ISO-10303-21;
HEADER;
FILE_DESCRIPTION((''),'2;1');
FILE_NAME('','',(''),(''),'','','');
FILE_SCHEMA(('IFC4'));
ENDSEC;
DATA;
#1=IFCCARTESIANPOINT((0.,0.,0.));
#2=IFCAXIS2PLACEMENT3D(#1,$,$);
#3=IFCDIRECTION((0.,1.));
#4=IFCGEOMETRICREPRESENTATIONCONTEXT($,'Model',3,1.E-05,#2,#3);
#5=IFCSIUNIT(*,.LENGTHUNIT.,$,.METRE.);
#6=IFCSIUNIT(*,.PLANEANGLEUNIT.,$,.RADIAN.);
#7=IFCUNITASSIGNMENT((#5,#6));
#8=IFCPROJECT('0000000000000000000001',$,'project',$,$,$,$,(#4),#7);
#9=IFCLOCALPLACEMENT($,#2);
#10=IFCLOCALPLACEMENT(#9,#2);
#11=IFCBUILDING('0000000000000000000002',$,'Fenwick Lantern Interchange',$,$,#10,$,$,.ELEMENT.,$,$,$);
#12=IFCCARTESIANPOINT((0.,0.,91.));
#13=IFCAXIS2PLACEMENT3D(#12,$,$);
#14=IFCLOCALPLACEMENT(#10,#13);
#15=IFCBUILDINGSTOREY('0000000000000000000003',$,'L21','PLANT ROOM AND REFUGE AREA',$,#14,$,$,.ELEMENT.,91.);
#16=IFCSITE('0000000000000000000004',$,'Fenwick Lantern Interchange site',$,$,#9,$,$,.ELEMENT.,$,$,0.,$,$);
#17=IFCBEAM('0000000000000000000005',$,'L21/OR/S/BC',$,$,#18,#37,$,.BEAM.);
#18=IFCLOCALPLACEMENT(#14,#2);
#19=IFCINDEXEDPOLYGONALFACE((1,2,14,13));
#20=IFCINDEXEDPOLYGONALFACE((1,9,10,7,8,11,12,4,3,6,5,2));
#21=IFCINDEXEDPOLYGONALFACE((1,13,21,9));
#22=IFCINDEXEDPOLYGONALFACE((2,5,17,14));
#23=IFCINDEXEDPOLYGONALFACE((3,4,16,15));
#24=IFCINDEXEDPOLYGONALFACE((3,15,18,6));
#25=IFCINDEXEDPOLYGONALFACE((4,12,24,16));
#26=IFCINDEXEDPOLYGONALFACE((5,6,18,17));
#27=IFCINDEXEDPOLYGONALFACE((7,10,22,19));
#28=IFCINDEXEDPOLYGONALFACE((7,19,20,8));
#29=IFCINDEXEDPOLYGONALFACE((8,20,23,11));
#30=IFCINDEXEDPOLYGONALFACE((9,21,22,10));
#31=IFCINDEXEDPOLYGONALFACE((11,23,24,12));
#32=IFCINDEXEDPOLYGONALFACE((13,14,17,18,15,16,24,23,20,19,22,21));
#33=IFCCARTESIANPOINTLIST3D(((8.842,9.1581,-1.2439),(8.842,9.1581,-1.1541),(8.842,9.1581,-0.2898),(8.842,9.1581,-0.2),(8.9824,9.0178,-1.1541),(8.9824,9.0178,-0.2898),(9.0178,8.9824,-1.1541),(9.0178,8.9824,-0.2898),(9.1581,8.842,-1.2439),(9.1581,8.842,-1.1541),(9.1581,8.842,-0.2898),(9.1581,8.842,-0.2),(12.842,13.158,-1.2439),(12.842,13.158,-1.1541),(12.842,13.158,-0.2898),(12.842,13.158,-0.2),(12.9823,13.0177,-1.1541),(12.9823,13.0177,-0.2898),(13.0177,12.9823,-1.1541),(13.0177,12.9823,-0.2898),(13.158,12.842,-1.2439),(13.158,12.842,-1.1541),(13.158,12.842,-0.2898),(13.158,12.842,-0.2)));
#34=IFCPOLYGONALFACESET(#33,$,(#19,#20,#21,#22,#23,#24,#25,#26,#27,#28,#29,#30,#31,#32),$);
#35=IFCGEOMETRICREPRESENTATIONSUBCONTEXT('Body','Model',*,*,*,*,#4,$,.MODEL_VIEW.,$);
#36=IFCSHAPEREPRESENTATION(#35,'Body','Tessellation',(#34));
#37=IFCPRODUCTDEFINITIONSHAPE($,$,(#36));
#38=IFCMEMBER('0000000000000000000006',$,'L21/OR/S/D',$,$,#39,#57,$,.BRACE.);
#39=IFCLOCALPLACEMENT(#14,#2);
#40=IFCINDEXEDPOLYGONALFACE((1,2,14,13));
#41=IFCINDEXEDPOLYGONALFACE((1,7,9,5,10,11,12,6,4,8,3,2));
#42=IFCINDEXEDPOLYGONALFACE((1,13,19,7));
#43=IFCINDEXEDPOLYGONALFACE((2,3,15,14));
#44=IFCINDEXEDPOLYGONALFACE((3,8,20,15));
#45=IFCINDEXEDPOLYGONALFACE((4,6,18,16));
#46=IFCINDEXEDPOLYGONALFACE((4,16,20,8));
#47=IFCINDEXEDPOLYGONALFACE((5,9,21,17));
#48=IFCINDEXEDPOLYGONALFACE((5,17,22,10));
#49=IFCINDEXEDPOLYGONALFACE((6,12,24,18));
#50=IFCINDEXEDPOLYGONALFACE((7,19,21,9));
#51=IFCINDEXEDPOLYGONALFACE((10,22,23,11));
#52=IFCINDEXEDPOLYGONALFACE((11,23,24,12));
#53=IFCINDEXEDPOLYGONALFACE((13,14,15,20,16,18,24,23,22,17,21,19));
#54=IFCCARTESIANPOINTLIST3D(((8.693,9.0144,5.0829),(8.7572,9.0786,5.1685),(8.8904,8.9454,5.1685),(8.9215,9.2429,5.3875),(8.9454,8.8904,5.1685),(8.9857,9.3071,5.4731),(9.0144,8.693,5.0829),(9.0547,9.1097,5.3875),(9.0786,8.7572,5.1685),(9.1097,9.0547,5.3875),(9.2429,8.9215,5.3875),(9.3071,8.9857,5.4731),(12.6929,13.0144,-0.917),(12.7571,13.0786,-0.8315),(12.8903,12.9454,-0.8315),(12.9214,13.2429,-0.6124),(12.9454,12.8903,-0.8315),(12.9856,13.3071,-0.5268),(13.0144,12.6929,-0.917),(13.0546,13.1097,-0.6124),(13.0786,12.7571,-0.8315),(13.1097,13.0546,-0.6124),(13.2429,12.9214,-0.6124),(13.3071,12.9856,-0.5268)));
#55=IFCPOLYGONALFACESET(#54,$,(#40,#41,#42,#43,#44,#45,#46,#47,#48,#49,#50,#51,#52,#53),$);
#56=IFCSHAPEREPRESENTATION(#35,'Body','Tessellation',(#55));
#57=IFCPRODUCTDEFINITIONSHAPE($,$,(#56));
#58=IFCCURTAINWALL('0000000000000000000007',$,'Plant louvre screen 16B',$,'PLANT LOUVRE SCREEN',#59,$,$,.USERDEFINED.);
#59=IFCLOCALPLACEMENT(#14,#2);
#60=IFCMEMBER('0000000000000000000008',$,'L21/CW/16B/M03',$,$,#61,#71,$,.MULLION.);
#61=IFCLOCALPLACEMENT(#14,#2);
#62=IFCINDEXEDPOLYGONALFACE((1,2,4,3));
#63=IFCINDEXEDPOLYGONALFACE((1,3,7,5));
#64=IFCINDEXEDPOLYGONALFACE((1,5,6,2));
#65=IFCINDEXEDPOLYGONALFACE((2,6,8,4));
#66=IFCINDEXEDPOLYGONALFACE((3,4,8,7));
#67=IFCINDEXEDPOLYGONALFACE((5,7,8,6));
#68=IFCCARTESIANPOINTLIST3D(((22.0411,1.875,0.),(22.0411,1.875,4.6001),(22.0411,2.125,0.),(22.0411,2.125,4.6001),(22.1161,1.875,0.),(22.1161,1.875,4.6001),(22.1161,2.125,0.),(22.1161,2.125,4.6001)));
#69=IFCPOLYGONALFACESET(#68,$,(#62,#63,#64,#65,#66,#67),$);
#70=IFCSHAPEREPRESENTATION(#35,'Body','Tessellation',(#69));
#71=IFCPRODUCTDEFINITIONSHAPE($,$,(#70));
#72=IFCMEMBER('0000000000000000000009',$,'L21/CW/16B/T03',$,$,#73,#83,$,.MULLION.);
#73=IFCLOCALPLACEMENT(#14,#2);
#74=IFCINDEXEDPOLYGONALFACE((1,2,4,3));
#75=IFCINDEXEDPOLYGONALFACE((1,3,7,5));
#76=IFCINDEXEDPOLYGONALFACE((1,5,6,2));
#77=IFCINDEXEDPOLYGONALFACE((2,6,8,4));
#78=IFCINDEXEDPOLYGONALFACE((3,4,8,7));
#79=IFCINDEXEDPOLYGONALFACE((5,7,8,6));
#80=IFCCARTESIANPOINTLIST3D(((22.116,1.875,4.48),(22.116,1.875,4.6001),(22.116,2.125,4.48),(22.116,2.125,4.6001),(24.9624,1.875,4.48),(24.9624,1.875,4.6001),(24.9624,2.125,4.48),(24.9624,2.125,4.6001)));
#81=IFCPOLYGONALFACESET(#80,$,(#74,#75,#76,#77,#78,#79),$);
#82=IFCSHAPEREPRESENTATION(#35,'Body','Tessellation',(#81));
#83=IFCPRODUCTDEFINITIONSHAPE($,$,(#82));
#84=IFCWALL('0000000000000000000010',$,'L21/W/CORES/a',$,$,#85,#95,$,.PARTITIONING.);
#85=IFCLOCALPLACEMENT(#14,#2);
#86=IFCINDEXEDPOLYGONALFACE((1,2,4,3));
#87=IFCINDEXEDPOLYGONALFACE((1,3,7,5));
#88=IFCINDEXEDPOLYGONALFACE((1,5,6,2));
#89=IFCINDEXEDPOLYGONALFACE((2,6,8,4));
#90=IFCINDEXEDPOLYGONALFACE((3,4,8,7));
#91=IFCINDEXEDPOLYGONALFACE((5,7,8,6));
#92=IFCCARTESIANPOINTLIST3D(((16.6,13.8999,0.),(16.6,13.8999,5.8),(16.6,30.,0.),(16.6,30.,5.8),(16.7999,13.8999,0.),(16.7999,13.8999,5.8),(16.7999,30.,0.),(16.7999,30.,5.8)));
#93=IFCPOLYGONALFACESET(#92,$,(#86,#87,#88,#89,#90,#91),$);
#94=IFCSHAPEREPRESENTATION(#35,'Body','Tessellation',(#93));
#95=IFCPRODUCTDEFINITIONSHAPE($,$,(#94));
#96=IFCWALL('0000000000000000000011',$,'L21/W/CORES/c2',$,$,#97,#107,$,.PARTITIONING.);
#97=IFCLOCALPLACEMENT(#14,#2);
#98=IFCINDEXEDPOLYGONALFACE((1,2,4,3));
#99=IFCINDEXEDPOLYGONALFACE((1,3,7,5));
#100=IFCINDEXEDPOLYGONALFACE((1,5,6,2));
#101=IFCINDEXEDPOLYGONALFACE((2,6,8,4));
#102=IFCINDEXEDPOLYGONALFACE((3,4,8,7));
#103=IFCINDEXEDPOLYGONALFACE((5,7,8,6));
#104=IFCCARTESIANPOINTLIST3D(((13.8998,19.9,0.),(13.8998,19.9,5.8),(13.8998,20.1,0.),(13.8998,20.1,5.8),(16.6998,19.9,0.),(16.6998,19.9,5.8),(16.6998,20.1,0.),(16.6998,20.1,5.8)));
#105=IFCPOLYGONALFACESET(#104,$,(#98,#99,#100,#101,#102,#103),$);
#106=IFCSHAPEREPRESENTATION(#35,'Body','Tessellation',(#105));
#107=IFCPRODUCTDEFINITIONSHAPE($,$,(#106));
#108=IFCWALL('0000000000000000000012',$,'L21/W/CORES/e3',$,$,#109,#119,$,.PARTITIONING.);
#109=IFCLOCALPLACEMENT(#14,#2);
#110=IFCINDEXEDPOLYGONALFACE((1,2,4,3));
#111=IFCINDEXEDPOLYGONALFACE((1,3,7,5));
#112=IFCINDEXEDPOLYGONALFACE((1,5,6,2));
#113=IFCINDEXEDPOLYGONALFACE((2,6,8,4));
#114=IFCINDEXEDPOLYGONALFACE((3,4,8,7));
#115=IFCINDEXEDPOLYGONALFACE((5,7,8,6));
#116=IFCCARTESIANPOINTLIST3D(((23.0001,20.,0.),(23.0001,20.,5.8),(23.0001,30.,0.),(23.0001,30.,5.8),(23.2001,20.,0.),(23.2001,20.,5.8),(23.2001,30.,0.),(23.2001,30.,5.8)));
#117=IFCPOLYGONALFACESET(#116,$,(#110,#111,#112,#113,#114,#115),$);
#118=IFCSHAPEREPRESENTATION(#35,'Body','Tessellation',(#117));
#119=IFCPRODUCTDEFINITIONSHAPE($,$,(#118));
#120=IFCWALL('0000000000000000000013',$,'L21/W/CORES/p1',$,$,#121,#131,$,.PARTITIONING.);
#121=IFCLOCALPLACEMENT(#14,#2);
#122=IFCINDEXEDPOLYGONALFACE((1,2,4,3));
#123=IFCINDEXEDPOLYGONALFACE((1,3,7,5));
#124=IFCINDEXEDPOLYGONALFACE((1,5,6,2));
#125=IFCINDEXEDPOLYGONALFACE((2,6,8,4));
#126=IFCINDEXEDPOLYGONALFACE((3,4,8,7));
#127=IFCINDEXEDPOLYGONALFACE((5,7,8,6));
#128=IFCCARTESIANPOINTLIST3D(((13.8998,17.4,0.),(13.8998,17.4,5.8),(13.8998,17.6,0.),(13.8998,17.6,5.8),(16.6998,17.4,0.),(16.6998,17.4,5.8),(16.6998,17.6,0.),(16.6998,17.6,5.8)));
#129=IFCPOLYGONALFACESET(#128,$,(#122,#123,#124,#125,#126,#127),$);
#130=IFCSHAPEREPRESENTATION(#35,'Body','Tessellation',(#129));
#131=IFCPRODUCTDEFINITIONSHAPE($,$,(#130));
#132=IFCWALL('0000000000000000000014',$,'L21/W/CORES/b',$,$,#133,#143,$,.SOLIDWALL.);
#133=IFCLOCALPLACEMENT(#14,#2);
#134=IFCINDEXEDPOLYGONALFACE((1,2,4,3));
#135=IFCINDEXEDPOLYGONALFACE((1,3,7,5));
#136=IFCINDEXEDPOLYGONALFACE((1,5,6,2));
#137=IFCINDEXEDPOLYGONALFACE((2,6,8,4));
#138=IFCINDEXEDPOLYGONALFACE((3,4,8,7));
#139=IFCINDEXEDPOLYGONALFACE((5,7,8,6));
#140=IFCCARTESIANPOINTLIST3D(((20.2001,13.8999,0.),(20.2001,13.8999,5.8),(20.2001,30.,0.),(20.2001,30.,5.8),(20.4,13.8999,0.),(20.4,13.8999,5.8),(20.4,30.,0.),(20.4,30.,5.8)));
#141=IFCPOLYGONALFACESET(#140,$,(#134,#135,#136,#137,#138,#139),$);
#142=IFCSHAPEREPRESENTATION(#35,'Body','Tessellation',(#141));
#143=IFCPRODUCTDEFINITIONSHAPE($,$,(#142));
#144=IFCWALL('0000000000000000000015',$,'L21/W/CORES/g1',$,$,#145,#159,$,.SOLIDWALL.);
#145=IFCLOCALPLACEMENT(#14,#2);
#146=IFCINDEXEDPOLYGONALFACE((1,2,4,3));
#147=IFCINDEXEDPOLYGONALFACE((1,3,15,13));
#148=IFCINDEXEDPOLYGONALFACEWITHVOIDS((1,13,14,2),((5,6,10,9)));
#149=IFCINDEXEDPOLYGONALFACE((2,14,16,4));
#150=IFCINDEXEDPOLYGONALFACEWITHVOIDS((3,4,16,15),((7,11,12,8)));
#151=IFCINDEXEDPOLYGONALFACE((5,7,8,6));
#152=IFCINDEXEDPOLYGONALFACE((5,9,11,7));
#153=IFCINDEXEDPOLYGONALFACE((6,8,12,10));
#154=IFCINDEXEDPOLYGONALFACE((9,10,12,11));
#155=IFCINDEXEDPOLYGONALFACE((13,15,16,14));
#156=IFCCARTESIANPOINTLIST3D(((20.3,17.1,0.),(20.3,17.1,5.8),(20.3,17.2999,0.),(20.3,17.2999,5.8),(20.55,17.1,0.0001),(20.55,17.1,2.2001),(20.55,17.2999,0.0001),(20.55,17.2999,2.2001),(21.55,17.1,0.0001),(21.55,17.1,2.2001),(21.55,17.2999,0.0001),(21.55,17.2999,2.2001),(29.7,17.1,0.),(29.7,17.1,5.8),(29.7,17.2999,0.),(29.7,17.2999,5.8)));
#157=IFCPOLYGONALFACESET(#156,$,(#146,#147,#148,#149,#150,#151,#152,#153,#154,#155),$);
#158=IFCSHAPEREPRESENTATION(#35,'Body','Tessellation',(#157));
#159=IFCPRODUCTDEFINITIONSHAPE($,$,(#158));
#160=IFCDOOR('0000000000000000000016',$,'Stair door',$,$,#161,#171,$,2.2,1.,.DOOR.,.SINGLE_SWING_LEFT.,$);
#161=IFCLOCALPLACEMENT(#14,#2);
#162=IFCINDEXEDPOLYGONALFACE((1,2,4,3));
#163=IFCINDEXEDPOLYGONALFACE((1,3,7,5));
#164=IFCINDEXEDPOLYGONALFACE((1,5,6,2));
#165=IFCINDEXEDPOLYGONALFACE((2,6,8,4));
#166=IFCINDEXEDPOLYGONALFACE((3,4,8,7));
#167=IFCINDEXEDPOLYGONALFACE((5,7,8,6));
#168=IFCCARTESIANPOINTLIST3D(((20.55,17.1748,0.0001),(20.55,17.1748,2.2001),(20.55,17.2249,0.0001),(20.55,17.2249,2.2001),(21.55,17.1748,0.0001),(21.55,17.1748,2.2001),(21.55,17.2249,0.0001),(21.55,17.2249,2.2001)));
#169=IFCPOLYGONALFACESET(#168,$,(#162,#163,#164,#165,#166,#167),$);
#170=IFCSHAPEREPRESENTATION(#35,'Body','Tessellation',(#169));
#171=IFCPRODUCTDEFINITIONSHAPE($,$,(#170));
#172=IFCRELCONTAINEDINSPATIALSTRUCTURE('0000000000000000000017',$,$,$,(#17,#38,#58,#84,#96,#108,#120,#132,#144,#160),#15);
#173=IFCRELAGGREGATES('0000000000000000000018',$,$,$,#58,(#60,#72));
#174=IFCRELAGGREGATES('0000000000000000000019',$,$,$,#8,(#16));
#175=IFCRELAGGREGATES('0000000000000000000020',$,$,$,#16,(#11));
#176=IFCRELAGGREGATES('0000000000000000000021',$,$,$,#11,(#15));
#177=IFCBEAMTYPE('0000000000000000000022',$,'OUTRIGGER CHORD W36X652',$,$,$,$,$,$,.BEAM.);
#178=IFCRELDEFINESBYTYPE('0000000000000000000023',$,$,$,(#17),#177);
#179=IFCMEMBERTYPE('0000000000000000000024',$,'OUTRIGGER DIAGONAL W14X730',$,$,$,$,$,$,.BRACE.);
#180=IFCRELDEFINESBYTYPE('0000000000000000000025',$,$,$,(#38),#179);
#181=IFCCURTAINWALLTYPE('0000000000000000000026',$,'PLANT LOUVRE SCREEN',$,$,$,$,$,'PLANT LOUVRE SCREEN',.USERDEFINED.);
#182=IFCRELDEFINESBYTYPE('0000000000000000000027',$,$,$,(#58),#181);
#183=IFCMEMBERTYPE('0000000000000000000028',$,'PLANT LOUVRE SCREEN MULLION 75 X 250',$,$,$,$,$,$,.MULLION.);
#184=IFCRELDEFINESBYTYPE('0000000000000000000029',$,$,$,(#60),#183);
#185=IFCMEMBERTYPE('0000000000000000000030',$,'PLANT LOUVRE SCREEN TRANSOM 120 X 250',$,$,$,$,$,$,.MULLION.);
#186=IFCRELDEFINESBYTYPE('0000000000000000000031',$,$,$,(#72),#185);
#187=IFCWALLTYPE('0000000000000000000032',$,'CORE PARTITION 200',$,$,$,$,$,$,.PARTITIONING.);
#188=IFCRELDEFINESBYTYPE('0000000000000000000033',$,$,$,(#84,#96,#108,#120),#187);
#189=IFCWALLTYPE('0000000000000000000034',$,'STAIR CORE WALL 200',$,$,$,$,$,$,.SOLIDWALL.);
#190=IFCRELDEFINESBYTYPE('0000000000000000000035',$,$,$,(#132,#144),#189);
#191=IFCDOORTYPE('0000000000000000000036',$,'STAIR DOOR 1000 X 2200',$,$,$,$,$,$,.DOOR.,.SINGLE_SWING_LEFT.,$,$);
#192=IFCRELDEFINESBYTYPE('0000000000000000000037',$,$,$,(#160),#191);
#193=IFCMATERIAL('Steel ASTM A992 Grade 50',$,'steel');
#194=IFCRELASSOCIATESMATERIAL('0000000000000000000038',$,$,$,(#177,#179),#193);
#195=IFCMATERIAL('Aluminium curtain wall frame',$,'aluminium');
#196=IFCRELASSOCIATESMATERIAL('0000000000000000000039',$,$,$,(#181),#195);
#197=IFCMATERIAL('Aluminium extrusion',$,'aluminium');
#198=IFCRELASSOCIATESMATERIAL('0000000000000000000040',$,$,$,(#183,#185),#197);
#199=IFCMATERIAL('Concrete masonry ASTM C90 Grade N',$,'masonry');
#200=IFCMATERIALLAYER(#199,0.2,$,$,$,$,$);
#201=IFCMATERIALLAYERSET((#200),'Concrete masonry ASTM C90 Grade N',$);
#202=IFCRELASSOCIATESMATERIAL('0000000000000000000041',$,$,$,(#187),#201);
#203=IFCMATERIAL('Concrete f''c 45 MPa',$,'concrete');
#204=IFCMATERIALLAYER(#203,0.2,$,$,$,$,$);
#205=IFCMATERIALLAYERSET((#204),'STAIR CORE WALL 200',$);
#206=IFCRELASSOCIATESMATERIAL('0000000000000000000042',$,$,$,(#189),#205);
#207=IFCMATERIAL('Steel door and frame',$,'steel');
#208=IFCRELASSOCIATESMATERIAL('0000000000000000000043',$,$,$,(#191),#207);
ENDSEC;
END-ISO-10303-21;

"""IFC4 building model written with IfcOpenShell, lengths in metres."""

from ifc_helpers import new_model, si_unit, direction, frame, frame_2d, origin, origin_2d, place, context, subcontext, project, spatial, rectangle, i_section, extrude, material, layer, layer_set, material_profile, profile_set, type_object, element, fill, aggregate, save


model = new_model("IFC4")

# Units and contexts
model_context = context("Model", 3, precision=1e-05, world=origin(), true_north=direction((0.0, 1.0)))
body_context = subcontext(model_context, "Body", "Model", "MODEL_VIEW")
ifc_project = project(units=[si_unit("LENGTHUNIT", "METRE"), si_unit("PLANEANGLEUNIT", "RADIAN")], contexts=[model_context])

# Site, building, storey
site_placement = place(None, origin())
site = spatial("IfcSite", under=ifc_project, at=site_placement, Name="Fenwick Lantern Interchange site", CompositionType="ELEMENT", RefElevation=0.0)
building_placement = place(site_placement, origin())
building = spatial("IfcBuilding", under=site, at=building_placement, Name="Fenwick Lantern Interchange", CompositionType="ELEMENT")
storey_placement = place(building_placement, frame((0.0, 0.0, 91.0)))
storey = spatial("IfcBuildingStorey", under=building, at=storey_placement, Name="L21", Description="PLANT ROOM AND REFUGE AREA", CompositionType="ELEMENT", Elevation=91.0)

# Beam
ifc_material_1 = material(Name="Steel ASTM A992 Grade 50", Category="steel")
ifc_material_profile_1 = material_profile(ifc_material_1, i_section(OverallWidth=0.447, OverallDepth=1.0439, WebThickness=0.05, FlangeThickness=0.0898, at=origin_2d()), Name="W36X652")
ifc_profile_set_1 = profile_set([ifc_material_profile_1], Name="Steel ASTM A992 Grade 50")
beam_type = type_object("IfcBeamType", Name="OUTRIGGER CHORD W36X652", PredefinedType="BEAM", material=ifc_profile_set_1)
beam_placement = place(storey_placement, frame((13.0, 13.0, -0.7219), z_axis=(-0.707107, -0.707107, 0.0), x_axis=(0.707107, -0.707107, 0.0)))
element("IfcBeam", 1, at=beam_placement, inside=storey, type_object=beam_type, Name="L21/OR/S/BC", PredefinedType="BEAM", context=body_context, shape_type="SweptSolid", body=[
    extrude(i_section(OverallWidth=0.447, OverallDepth=1.0439, WebThickness=0.05, FlangeThickness=0.0898, at=origin_2d()), origin(), (0.0, 0.0, 1.0), 5.6567),
])

# Member
ifc_material_profile_2 = material_profile(ifc_material_1, i_section(OverallWidth=0.4546, OverallDepth=0.5688, WebThickness=0.0779, FlangeThickness=0.1248, at=origin_2d()), Name="W14X730")
ifc_profile_set_2 = profile_set([ifc_material_profile_2], Name="Steel ASTM A992 Grade 50")
member_type_1 = type_object("IfcMemberType", Name="OUTRIGGER DIAGONAL W14X730", PredefinedType="BRACE", material=ifc_profile_set_2)
member_1_placement = place(storey_placement, frame((13.0, 13.0, -0.7219), z_axis=(-0.485071, -0.485071, 0.727607), x_axis=(0.707107, -0.707107, 0.0)))
element("IfcMember", 2, at=member_1_placement, inside=storey, type_object=member_type_1, Name="L21/OR/S/D", PredefinedType="BRACE", context=body_context, shape_type="SweptSolid", body=[
    extrude(i_section(OverallWidth=0.4546, OverallDepth=0.5688, WebThickness=0.0779, FlangeThickness=0.1248, at=origin_2d()), origin(), (0.0, 0.0, 1.0), 8.2461),
])

# Curtain wall, members
ifc_material_2 = material(Name="Aluminium curtain wall frame", Category="aluminium")
curtain_wall_type = type_object("IfcCurtainWallType", Name="PLANT LOUVRE SCREEN", ElementType="PLANT LOUVRE SCREEN", PredefinedType="USERDEFINED", material=ifc_material_2)
curtain_wall_placement = place(storey_placement, origin())
curtain_wall = element("IfcCurtainWall", 3, at=curtain_wall_placement, inside=storey, type_object=curtain_wall_type, Name="Plant louvre screen 16B", ObjectType="PLANT LOUVRE SCREEN", PredefinedType="USERDEFINED")
ifc_material_3 = material(Name="Aluminium extrusion", Category="aluminium")
ifc_material_profile_3 = material_profile(ifc_material_3, rectangle(XDim=0.25, YDim=0.075, at=origin_2d()), Name="PLANT LOUVRE SCREEN MULLION 75 X 250")
ifc_profile_set_3 = profile_set([ifc_material_profile_3], Name="Aluminium extrusion")
member_type_2 = type_object("IfcMemberType", Name="PLANT LOUVRE SCREEN MULLION 75 X 250", PredefinedType="MULLION", material=ifc_profile_set_3)
member_2_placement = place(storey_placement, frame((22.0786, 2.0, 0.0), z_axis=(0.0, 0.0, 1.0), x_axis=(0.0, 1.0, 0.0)))
member_2 = element("IfcMember", 4, at=member_2_placement, type_object=member_type_2, Name="L21/CW/16B/M03", PredefinedType="MULLION", context=body_context, shape_type="SweptSolid", body=[
    extrude(rectangle(XDim=0.25, YDim=0.075, at=origin_2d()), origin(), (0.0, 0.0, 1.0), 4.6001),
])
ifc_material_profile_4 = material_profile(ifc_material_3, rectangle(XDim=0.25, YDim=0.1201, at=origin_2d()), Name="PLANT LOUVRE SCREEN TRANSOM 120 X 250")
ifc_profile_set_4 = profile_set([ifc_material_profile_4], Name="Aluminium extrusion")
member_type_3 = type_object("IfcMemberType", Name="PLANT LOUVRE SCREEN TRANSOM 120 X 250", PredefinedType="MULLION", material=ifc_profile_set_4)
member_3_placement = place(storey_placement, frame((22.116, 2.0, 4.54), z_axis=(1.0, 0.0, 0.0), x_axis=(0.0, 1.0, 0.0)))
member_3 = element("IfcMember", 5, at=member_3_placement, type_object=member_type_3, Name="L21/CW/16B/T03", PredefinedType="MULLION", context=body_context, shape_type="SweptSolid", body=[
    extrude(rectangle(XDim=0.25, YDim=0.1201, at=origin_2d()), origin(), (0.0, 0.0, 1.0), 2.8464),
])

# Walls
ifc_material_4 = material(Name="Concrete masonry ASTM C90 Grade N", Category="masonry")
ifc_layer_1 = layer(ifc_material_4, 0.2)
ifc_layer_set_1 = layer_set([ifc_layer_1], Name="Concrete masonry ASTM C90 Grade N")
wall_type_1 = type_object("IfcWallType", Name="CORE PARTITION 200", PredefinedType="PARTITIONING", material=ifc_layer_set_1)
wall_1_placement = place(storey_placement, frame((16.7, 13.8999, 0.0), z_axis=(0.0, 0.0, 1.0), x_axis=(0.0, 1.0, 0.0)))
element("IfcWall", 6, at=wall_1_placement, inside=storey, type_object=wall_type_1, Name="L21/W/CORES/a", PredefinedType="PARTITIONING", context=body_context, shape_type="SweptSolid", body=[
    extrude(rectangle(XDim=16.1001, YDim=0.2, at=frame_2d((8.05, 0.0))), origin(), (0.0, 0.0, 1.0), 5.8),
])
wall_2_placement = place(storey_placement, frame((13.8999, 20.0, 0.0), z_axis=(0.0, 0.0, 1.0), x_axis=(1.0, 0.0, 0.0)))
element("IfcWall", 7, at=wall_2_placement, inside=storey, type_object=wall_type_1, Name="L21/W/CORES/c2", PredefinedType="PARTITIONING", context=body_context, shape_type="SweptSolid", body=[
    extrude(rectangle(XDim=2.8, YDim=0.2, at=frame_2d((1.3999, 0.0))), origin(), (0.0, 0.0, 1.0), 5.8),
])
wall_3_placement = place(storey_placement, frame((23.1001, 20.0, 0.0), z_axis=(0.0, 0.0, 1.0), x_axis=(0.0, 1.0, 0.0)))
element("IfcWall", 8, at=wall_3_placement, inside=storey, type_object=wall_type_1, Name="L21/W/CORES/e3", PredefinedType="PARTITIONING", context=body_context, shape_type="SweptSolid", body=[
    extrude(rectangle(XDim=10.0, YDim=0.2, at=frame_2d((5.0, 0.0))), origin(), (0.0, 0.0, 1.0), 5.8),
])
wall_4_placement = place(storey_placement, frame((13.8999, 17.5, 0.0), z_axis=(0.0, 0.0, 1.0), x_axis=(1.0, 0.0, 0.0)))
element("IfcWall", 9, at=wall_4_placement, inside=storey, type_object=wall_type_1, Name="L21/W/CORES/p1", PredefinedType="PARTITIONING", context=body_context, shape_type="SweptSolid", body=[
    extrude(rectangle(XDim=2.8, YDim=0.2, at=frame_2d((1.3999, 0.0))), origin(), (0.0, 0.0, 1.0), 5.8),
])

# Shared definitions
ifc_material_5 = material(Name="Steel door and frame", Category="steel")

# Wall
ifc_material_6 = material(Name="Concrete f'c 45 MPa", Category="concrete")
ifc_layer_2 = layer(ifc_material_6, 0.2)
ifc_layer_set_2 = layer_set([ifc_layer_2], Name="STAIR CORE WALL 200")
wall_type_2 = type_object("IfcWallType", Name="STAIR CORE WALL 200", PredefinedType="SOLIDWALL", material=ifc_layer_set_2)
wall_5_placement = place(storey_placement, frame((20.3, 13.8999, 0.0), z_axis=(0.0, 0.0, 1.0), x_axis=(0.0, 1.0, 0.0)))
element("IfcWall", 10, at=wall_5_placement, inside=storey, type_object=wall_type_2, Name="L21/W/CORES/b", PredefinedType="SOLIDWALL", context=body_context, shape_type="SweptSolid", body=[
    extrude(rectangle(XDim=16.1001, YDim=0.2, at=frame_2d((8.05, 0.0))), origin(), (0.0, 0.0, 1.0), 5.8),
])

# Wall, opening, door
wall_6_placement = place(storey_placement, frame((20.3, 17.2, 0.0), z_axis=(0.0, 0.0, 1.0), x_axis=(1.0, 0.0, 0.0)))
wall_6 = element("IfcWall", 11, at=wall_6_placement, inside=storey, type_object=wall_type_2, Name="L21/W/CORES/g1", PredefinedType="SOLIDWALL", context=body_context, shape_type="SweptSolid", body=[
    extrude(rectangle(XDim=9.3999, YDim=0.2, at=frame_2d((4.7, 0.0))), origin(), (0.0, 0.0, 1.0), 5.8),
])
opening_1_placement = place(wall_6_placement, frame((0.25, 0.0, 0.0)))
opening_1 = element("IfcOpeningElement", 12, at=opening_1_placement, cuts=wall_6, PredefinedType="OPENING", context=body_context, shape_type="SweptSolid", body=[
    extrude(rectangle(XDim=1.0, YDim=2.2, at=frame_2d((0.5, 1.1001))), frame((0.0, 0.1099, 0.0), z_axis=(0.0, -1.0, 0.0), x_axis=(1.0, 0.0, 0.0)), (0.0, 0.0, 1.0), 0.22),
])
door_type_1 = type_object("IfcDoorType", Name="STAIR DOOR 1000 X 2200", OperationType="SINGLE_SWING_LEFT", PredefinedType="DOOR", material=ifc_material_5)
door_1_placement = place(opening_1_placement, origin())
door_1 = element("IfcDoor", 13, at=door_1_placement, inside=storey, type_object=door_type_1, Name="Stair door", OperationType="SINGLE_SWING_LEFT", OverallHeight=2.2, OverallWidth=1.0, PredefinedType="DOOR", context=body_context, shape_type="SweptSolid", body=[
    extrude(rectangle(XDim=1.0, YDim=2.2, at=frame_2d((0.5, 1.1001))), frame((0.0, 0.0249, 0.0), z_axis=(0.0, -1.0, 0.0), x_axis=(1.0, 0.0, 0.0)), (0.0, 0.0, 1.0), 0.05),
])
fill(opening_1, door_1)

aggregate(curtain_wall, [member_2, member_3])

save(model, "model.ifc")
